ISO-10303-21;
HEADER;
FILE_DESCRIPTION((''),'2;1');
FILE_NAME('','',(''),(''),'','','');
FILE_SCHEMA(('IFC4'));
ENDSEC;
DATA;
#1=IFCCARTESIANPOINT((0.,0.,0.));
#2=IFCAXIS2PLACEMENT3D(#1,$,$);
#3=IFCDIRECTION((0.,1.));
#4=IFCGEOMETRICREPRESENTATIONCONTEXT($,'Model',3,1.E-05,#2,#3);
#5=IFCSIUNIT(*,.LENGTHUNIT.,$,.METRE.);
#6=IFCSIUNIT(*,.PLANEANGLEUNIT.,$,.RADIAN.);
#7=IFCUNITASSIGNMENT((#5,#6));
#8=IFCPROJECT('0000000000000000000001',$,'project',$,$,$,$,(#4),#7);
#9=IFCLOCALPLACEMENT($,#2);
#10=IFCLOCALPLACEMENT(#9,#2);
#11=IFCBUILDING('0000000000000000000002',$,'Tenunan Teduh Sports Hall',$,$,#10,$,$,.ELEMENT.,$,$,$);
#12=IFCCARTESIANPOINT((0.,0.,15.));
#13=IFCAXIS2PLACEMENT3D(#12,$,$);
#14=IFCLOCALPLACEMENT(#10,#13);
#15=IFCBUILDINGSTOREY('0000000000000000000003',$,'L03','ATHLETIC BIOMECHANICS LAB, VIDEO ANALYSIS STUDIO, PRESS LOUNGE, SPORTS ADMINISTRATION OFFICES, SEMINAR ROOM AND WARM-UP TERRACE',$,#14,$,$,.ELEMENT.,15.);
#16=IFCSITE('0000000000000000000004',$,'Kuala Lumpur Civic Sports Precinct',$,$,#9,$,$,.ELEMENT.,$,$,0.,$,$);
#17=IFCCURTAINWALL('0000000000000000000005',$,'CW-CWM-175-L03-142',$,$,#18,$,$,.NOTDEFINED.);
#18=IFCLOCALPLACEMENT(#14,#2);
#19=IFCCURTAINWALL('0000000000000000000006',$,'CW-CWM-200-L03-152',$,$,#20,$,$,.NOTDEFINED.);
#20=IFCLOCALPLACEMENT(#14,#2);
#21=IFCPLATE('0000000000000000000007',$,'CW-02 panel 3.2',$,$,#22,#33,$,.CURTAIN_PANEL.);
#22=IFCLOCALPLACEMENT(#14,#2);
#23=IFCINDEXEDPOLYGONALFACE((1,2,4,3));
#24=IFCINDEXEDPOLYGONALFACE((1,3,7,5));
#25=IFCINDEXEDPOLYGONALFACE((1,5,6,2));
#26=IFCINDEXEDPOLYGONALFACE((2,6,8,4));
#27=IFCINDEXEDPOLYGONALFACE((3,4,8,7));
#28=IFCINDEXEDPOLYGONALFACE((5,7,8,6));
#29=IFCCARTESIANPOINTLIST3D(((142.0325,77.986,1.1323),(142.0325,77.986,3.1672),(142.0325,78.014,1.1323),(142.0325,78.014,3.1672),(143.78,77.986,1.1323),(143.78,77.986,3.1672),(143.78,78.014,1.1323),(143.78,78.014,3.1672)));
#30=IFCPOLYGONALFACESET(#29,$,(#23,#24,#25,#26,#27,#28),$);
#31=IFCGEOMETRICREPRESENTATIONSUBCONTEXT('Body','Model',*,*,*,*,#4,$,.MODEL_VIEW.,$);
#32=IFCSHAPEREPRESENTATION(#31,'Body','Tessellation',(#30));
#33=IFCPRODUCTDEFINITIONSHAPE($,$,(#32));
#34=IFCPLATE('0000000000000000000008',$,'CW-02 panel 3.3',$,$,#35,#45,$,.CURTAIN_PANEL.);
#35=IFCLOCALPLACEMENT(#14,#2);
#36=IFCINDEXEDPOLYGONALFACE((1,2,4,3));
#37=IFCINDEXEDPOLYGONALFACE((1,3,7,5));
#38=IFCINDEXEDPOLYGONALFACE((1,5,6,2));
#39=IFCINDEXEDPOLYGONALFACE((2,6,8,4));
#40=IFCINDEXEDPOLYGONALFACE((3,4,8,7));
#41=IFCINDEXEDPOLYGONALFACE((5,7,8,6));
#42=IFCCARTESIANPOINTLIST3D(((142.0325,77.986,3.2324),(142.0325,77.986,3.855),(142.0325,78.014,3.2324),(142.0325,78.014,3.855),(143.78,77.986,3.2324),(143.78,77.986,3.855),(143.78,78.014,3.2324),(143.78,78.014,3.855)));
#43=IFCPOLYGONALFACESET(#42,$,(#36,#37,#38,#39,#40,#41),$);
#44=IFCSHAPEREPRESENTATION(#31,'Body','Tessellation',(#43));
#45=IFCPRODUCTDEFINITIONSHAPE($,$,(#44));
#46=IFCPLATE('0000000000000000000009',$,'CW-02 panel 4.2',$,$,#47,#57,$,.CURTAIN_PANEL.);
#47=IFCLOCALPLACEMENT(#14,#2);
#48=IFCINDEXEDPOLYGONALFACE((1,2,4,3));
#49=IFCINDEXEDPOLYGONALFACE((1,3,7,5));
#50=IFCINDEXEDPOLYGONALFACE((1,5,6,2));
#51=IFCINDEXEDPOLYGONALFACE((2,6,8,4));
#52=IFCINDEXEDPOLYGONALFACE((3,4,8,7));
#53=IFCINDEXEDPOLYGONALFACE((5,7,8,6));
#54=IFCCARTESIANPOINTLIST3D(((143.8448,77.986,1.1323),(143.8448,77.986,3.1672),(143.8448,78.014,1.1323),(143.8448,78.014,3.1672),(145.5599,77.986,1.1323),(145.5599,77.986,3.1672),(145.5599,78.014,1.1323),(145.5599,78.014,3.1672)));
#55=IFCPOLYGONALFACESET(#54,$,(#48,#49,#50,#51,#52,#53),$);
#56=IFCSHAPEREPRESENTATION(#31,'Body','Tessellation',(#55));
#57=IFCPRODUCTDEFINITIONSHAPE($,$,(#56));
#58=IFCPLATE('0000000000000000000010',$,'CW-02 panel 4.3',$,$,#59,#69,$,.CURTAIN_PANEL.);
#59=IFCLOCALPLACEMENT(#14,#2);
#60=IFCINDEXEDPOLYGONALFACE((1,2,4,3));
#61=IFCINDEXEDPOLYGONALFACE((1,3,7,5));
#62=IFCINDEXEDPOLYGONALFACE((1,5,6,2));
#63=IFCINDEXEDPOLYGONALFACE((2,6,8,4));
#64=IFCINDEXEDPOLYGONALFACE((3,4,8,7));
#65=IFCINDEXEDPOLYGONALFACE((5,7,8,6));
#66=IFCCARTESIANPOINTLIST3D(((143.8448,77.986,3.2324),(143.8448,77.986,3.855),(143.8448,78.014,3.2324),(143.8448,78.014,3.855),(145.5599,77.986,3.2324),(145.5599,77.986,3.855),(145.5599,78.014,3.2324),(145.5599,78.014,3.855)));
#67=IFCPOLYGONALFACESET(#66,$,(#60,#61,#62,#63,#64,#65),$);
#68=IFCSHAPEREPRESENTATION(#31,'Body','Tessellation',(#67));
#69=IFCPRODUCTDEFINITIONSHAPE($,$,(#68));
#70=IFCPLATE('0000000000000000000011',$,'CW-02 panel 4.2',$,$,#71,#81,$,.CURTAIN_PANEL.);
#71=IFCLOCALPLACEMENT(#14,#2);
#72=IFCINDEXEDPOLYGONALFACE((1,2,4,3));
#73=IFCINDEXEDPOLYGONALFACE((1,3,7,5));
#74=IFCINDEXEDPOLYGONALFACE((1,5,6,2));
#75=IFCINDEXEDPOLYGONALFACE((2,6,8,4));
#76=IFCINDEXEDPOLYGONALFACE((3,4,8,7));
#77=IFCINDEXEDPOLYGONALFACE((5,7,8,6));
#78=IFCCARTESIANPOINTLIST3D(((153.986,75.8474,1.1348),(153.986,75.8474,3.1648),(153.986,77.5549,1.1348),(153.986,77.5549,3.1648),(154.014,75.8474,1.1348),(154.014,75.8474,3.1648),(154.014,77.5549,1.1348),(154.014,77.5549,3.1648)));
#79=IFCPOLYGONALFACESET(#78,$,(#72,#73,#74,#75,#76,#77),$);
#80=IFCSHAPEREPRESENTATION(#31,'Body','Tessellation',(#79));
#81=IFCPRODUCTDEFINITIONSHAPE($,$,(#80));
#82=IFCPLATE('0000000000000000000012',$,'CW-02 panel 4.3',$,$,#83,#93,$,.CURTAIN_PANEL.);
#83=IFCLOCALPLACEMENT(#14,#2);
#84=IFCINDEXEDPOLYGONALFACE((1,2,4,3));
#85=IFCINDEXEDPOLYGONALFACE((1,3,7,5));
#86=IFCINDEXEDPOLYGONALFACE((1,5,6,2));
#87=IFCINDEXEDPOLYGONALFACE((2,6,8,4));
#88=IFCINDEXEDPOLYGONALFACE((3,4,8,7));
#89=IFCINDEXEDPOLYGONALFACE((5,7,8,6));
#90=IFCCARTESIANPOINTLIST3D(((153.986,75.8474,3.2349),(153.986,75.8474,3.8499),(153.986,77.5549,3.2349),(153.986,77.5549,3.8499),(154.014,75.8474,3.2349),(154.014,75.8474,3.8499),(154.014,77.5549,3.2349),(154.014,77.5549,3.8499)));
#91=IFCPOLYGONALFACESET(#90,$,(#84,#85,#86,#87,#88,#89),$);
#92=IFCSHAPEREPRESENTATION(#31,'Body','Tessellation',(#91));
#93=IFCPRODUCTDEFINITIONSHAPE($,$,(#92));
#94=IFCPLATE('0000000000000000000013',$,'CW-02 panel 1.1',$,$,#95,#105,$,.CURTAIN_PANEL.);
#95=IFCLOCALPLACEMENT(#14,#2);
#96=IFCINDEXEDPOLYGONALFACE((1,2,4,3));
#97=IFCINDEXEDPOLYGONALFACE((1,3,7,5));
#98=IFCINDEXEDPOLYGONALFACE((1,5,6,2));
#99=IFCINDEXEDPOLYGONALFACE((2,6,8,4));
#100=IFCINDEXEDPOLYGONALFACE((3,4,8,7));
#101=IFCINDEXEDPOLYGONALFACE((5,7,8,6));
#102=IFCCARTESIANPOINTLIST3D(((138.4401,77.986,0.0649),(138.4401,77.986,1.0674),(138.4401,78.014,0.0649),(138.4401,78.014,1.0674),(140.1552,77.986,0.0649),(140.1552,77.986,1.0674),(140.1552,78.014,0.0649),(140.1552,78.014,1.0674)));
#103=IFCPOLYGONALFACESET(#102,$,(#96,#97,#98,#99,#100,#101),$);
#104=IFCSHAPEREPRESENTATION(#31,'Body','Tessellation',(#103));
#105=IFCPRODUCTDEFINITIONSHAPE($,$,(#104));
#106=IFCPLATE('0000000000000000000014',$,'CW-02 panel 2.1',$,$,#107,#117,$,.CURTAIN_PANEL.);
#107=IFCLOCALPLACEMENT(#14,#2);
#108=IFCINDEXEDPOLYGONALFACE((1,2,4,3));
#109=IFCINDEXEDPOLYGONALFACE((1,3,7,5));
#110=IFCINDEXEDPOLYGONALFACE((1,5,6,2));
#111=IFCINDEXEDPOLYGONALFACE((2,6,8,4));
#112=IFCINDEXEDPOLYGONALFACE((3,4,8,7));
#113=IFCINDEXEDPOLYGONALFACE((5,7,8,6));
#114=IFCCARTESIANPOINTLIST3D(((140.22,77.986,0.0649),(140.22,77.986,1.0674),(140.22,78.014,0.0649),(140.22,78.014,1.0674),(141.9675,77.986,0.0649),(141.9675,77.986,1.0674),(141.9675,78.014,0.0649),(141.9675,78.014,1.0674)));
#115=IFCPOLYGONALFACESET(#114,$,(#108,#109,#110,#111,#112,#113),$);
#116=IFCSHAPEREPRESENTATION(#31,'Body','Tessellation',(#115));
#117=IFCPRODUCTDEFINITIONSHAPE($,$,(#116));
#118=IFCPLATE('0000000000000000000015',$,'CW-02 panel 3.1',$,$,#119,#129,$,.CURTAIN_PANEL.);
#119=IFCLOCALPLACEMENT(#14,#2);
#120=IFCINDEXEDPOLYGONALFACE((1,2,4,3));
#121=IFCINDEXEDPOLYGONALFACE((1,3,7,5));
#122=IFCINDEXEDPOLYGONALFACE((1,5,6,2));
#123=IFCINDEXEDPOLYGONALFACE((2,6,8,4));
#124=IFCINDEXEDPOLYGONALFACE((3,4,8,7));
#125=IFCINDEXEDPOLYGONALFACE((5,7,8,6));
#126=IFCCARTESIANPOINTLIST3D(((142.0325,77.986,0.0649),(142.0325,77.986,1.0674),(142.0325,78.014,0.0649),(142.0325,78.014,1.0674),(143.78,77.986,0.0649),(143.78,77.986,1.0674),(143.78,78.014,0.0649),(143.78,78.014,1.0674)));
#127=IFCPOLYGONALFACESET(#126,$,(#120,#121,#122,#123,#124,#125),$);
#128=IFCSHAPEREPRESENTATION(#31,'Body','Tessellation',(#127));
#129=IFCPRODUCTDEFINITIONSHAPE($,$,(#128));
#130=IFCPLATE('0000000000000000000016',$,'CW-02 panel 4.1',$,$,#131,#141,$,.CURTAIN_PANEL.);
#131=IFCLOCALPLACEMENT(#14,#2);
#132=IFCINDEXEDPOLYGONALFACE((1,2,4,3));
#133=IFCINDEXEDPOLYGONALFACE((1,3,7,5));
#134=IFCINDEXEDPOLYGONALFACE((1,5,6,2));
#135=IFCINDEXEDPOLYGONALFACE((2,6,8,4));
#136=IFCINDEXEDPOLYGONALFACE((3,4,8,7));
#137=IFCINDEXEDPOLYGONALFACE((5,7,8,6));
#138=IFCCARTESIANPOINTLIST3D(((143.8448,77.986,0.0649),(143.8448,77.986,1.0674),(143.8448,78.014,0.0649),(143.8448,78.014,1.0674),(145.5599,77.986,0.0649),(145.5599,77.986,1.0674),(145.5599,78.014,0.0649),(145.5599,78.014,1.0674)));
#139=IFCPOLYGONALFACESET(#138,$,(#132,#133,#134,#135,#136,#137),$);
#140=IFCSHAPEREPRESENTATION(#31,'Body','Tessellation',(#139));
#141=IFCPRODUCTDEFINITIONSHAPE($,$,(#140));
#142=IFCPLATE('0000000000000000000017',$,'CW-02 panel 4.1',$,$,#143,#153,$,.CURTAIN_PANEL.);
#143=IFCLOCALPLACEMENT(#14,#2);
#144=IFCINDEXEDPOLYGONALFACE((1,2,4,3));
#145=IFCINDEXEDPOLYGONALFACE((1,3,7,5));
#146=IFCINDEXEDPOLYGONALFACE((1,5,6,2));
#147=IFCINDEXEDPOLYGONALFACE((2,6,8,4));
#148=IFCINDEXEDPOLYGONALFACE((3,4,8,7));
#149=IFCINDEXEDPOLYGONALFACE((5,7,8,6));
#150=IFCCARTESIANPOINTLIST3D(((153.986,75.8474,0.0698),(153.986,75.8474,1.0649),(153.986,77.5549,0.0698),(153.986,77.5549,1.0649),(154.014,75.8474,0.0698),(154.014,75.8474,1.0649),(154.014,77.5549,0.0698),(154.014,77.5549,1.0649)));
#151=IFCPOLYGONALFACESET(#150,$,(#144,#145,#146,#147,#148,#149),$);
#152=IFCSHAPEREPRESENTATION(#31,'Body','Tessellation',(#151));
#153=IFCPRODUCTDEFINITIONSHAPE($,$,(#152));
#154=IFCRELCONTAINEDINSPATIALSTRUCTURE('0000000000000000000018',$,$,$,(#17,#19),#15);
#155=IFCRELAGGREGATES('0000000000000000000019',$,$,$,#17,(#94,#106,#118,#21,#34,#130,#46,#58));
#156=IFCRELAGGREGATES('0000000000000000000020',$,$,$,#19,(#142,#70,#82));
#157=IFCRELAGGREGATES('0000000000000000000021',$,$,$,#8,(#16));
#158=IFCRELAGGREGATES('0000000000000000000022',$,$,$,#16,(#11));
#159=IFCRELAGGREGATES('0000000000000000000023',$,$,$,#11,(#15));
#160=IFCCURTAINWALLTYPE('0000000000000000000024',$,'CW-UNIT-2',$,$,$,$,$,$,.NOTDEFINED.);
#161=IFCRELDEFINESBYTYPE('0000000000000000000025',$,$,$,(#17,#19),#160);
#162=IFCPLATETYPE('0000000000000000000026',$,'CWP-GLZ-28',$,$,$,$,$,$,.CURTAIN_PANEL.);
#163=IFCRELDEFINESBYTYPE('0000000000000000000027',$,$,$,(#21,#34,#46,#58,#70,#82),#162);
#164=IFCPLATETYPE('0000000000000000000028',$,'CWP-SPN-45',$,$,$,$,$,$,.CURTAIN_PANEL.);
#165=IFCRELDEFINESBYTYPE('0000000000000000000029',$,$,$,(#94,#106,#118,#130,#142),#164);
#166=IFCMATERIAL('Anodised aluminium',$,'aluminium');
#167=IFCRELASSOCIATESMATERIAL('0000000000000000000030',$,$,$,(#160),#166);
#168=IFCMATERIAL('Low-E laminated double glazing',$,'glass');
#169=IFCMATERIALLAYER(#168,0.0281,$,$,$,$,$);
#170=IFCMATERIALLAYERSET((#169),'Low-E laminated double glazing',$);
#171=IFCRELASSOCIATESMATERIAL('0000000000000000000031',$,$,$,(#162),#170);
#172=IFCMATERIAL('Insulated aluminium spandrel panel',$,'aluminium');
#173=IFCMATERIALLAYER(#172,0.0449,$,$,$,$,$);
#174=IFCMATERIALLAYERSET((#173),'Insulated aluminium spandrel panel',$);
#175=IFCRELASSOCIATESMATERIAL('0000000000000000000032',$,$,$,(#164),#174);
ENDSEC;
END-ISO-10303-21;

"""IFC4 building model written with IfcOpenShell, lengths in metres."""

from ifc_helpers import new_model, si_unit, direction, frame, origin, origin_2d, place, context, subcontext, project, spatial, rectangle, extrude, material, layer, layer_set, type_object, element, aggregate, save


model = new_model("IFC4")

# Units and contexts
model_context = context("Model", 3, precision=1e-05, world=origin(), true_north=direction((0.0, 1.0)))
body_context = subcontext(model_context, "Body", "Model", "MODEL_VIEW")
ifc_project = project(units=[si_unit("LENGTHUNIT", "METRE"), si_unit("PLANEANGLEUNIT", "RADIAN")], contexts=[model_context])

# Site, building, storey
site_placement = place(None, origin())
site = spatial("IfcSite", under=ifc_project, at=site_placement, Name="Kuala Lumpur Civic Sports Precinct", CompositionType="ELEMENT", RefElevation=0.0)
building_placement = place(site_placement, origin())
building = spatial("IfcBuilding", under=site, at=building_placement, Name="Tenunan Teduh Sports Hall", CompositionType="ELEMENT")
storey_placement = place(building_placement, frame((0.0, 0.0, 15.0)))
storey = spatial("IfcBuildingStorey", under=building, at=storey_placement, Name="L03", Description="ATHLETIC BIOMECHANICS LAB, VIDEO ANALYSIS STUDIO, PRESS LOUNGE, SPORTS ADMINISTRATION OFFICES, SEMINAR ROOM AND WARM-UP TERRACE", CompositionType="ELEMENT", Elevation=15.0)

# Curtain wall
ifc_material_1 = material(Name="Anodised aluminium", Category="aluminium")
curtain_wall_type = type_object("IfcCurtainWallType", Name="CW-UNIT-2", PredefinedType="NOTDEFINED", material=ifc_material_1)
curtain_wall_1_placement = place(storey_placement, origin())
curtain_wall_1 = element("IfcCurtainWall", 1, at=curtain_wall_1_placement, inside=storey, type_object=curtain_wall_type, Name="CW-CWM-175-L03-142", PredefinedType="NOTDEFINED")

# Curtain wall
curtain_wall_2_placement = place(storey_placement, origin())
curtain_wall_2 = element("IfcCurtainWall", 2, at=curtain_wall_2_placement, inside=storey, type_object=curtain_wall_type, Name="CW-CWM-200-L03-152", PredefinedType="NOTDEFINED")

# Plates
ifc_material_2 = material(Name="Low-E laminated double glazing", Category="glass")
ifc_layer_1 = layer(ifc_material_2, 0.0281)
ifc_layer_set_1 = layer_set([ifc_layer_1], Name="Low-E laminated double glazing")
plate_type_1 = type_object("IfcPlateType", Name="CWP-GLZ-28", PredefinedType="CURTAIN_PANEL", material=ifc_layer_set_1)
plate_1_placement = place(storey_placement, frame((142.9062, 78.0, 1.1323), z_axis=(0.0, 0.0, 1.0), x_axis=(1.0, 0.0, 0.0)))
plate_1 = element("IfcPlate", 3, at=plate_1_placement, type_object=plate_type_1, Name="CW-02 panel 3.2", PredefinedType="CURTAIN_PANEL", context=body_context, shape_type="SweptSolid", body=[
    extrude(rectangle(XDim=1.7476, YDim=0.0281, at=origin_2d()), origin(), (0.0, 0.0, 1.0), 2.0349),
])
plate_2_placement = place(storey_placement, frame((142.9062, 78.0, 3.2324), z_axis=(0.0, 0.0, 1.0), x_axis=(1.0, 0.0, 0.0)))
plate_2 = element("IfcPlate", 4, at=plate_2_placement, type_object=plate_type_1, Name="CW-02 panel 3.3", PredefinedType="CURTAIN_PANEL", context=body_context, shape_type="SweptSolid", body=[
    extrude(rectangle(XDim=1.7476, YDim=0.0281, at=origin_2d()), origin(), (0.0, 0.0, 1.0), 0.6226),
])
plate_3_placement = place(storey_placement, frame((144.7024, 78.0, 1.1323), z_axis=(0.0, 0.0, 1.0), x_axis=(1.0, 0.0, 0.0)))
plate_3 = element("IfcPlate", 5, at=plate_3_placement, type_object=plate_type_1, Name="CW-02 panel 4.2", PredefinedType="CURTAIN_PANEL", context=body_context, shape_type="SweptSolid", body=[
    extrude(rectangle(XDim=1.7151, YDim=0.0281, at=origin_2d()), origin(), (0.0, 0.0, 1.0), 2.0349),
])
plate_4_placement = place(storey_placement, frame((144.7024, 78.0, 3.2324), z_axis=(0.0, 0.0, 1.0), x_axis=(1.0, 0.0, 0.0)))
plate_4 = element("IfcPlate", 6, at=plate_4_placement, type_object=plate_type_1, Name="CW-02 panel 4.3", PredefinedType="CURTAIN_PANEL", context=body_context, shape_type="SweptSolid", body=[
    extrude(rectangle(XDim=1.7151, YDim=0.0281, at=origin_2d()), origin(), (0.0, 0.0, 1.0), 0.6226),
])
plate_5_placement = place(storey_placement, frame((154.0, 76.7012, 1.1348), z_axis=(0.0, 0.0, 1.0), x_axis=(0.0, 1.0, 0.0)))
plate_5 = element("IfcPlate", 7, at=plate_5_placement, type_object=plate_type_1, Name="CW-02 panel 4.2", PredefinedType="CURTAIN_PANEL", context=body_context, shape_type="SweptSolid", body=[
    extrude(rectangle(XDim=1.7075, YDim=0.0281, at=origin_2d()), origin(), (0.0, 0.0, 1.0), 2.03),
])
plate_6_placement = place(storey_placement, frame((154.0, 76.7012, 3.2349), z_axis=(0.0, 0.0, 1.0), x_axis=(0.0, 1.0, 0.0)))
plate_6 = element("IfcPlate", 8, at=plate_6_placement, type_object=plate_type_1, Name="CW-02 panel 4.3", PredefinedType="CURTAIN_PANEL", context=body_context, shape_type="SweptSolid", body=[
    extrude(rectangle(XDim=1.7075, YDim=0.0281, at=origin_2d()), origin(), (0.0, 0.0, 1.0), 0.615),
])
ifc_material_3 = material(Name="Insulated aluminium spandrel panel", Category="aluminium")
ifc_layer_2 = layer(ifc_material_3, 0.0449)
ifc_layer_set_2 = layer_set([ifc_layer_2], Name="Insulated aluminium spandrel panel")
plate_type_2 = type_object("IfcPlateType", Name="CWP-SPN-45", PredefinedType="CURTAIN_PANEL", material=ifc_layer_set_2)
plate_7_placement = place(storey_placement, frame((139.2976, 78.0, 0.0649), z_axis=(0.0, 0.0, 1.0), x_axis=(1.0, 0.0, 0.0)))
plate_7 = element("IfcPlate", 9, at=plate_7_placement, type_object=plate_type_2, Name="CW-02 panel 1.1", PredefinedType="CURTAIN_PANEL", context=body_context, shape_type="SweptSolid", body=[
    extrude(rectangle(XDim=1.7151, YDim=0.0281, at=origin_2d()), origin(), (0.0, 0.0, 1.0), 1.0024),
])
plate_8_placement = place(storey_placement, frame((141.0938, 78.0, 0.0649), z_axis=(0.0, 0.0, 1.0), x_axis=(1.0, 0.0, 0.0)))
plate_8 = element("IfcPlate", 10, at=plate_8_placement, type_object=plate_type_2, Name="CW-02 panel 2.1", PredefinedType="CURTAIN_PANEL", context=body_context, shape_type="SweptSolid", body=[
    extrude(rectangle(XDim=1.7476, YDim=0.0281, at=origin_2d()), origin(), (0.0, 0.0, 1.0), 1.0024),
])
plate_9_placement = place(storey_placement, frame((142.9062, 78.0, 0.0649), z_axis=(0.0, 0.0, 1.0), x_axis=(1.0, 0.0, 0.0)))
plate_9 = element("IfcPlate", 11, at=plate_9_placement, type_object=plate_type_2, Name="CW-02 panel 3.1", PredefinedType="CURTAIN_PANEL", context=body_context, shape_type="SweptSolid", body=[
    extrude(rectangle(XDim=1.7476, YDim=0.0281, at=origin_2d()), origin(), (0.0, 0.0, 1.0), 1.0024),
])
plate_10_placement = place(storey_placement, frame((144.7024, 78.0, 0.0649), z_axis=(0.0, 0.0, 1.0), x_axis=(1.0, 0.0, 0.0)))
plate_10 = element("IfcPlate", 12, at=plate_10_placement, type_object=plate_type_2, Name="CW-02 panel 4.1", PredefinedType="CURTAIN_PANEL", context=body_context, shape_type="SweptSolid", body=[
    extrude(rectangle(XDim=1.7151, YDim=0.0281, at=origin_2d()), origin(), (0.0, 0.0, 1.0), 1.0024),
])
aggregate(curtain_wall_1, [plate_7, plate_8, plate_9, plate_1, plate_2, plate_10, plate_3, plate_4])
plate_11_placement = place(storey_placement, frame((154.0, 76.7012, 0.0698), z_axis=(0.0, 0.0, 1.0), x_axis=(0.0, 1.0, 0.0)))
plate_11 = element("IfcPlate", 13, at=plate_11_placement, type_object=plate_type_2, Name="CW-02 panel 4.1", PredefinedType="CURTAIN_PANEL", context=body_context, shape_type="SweptSolid", body=[
    extrude(rectangle(XDim=1.7075, YDim=0.0281, at=origin_2d()), origin(), (0.0, 0.0, 1.0), 0.9951),
])
aggregate(curtain_wall_2, [plate_11, plate_5, plate_6])

save(model, "model.ifc")
